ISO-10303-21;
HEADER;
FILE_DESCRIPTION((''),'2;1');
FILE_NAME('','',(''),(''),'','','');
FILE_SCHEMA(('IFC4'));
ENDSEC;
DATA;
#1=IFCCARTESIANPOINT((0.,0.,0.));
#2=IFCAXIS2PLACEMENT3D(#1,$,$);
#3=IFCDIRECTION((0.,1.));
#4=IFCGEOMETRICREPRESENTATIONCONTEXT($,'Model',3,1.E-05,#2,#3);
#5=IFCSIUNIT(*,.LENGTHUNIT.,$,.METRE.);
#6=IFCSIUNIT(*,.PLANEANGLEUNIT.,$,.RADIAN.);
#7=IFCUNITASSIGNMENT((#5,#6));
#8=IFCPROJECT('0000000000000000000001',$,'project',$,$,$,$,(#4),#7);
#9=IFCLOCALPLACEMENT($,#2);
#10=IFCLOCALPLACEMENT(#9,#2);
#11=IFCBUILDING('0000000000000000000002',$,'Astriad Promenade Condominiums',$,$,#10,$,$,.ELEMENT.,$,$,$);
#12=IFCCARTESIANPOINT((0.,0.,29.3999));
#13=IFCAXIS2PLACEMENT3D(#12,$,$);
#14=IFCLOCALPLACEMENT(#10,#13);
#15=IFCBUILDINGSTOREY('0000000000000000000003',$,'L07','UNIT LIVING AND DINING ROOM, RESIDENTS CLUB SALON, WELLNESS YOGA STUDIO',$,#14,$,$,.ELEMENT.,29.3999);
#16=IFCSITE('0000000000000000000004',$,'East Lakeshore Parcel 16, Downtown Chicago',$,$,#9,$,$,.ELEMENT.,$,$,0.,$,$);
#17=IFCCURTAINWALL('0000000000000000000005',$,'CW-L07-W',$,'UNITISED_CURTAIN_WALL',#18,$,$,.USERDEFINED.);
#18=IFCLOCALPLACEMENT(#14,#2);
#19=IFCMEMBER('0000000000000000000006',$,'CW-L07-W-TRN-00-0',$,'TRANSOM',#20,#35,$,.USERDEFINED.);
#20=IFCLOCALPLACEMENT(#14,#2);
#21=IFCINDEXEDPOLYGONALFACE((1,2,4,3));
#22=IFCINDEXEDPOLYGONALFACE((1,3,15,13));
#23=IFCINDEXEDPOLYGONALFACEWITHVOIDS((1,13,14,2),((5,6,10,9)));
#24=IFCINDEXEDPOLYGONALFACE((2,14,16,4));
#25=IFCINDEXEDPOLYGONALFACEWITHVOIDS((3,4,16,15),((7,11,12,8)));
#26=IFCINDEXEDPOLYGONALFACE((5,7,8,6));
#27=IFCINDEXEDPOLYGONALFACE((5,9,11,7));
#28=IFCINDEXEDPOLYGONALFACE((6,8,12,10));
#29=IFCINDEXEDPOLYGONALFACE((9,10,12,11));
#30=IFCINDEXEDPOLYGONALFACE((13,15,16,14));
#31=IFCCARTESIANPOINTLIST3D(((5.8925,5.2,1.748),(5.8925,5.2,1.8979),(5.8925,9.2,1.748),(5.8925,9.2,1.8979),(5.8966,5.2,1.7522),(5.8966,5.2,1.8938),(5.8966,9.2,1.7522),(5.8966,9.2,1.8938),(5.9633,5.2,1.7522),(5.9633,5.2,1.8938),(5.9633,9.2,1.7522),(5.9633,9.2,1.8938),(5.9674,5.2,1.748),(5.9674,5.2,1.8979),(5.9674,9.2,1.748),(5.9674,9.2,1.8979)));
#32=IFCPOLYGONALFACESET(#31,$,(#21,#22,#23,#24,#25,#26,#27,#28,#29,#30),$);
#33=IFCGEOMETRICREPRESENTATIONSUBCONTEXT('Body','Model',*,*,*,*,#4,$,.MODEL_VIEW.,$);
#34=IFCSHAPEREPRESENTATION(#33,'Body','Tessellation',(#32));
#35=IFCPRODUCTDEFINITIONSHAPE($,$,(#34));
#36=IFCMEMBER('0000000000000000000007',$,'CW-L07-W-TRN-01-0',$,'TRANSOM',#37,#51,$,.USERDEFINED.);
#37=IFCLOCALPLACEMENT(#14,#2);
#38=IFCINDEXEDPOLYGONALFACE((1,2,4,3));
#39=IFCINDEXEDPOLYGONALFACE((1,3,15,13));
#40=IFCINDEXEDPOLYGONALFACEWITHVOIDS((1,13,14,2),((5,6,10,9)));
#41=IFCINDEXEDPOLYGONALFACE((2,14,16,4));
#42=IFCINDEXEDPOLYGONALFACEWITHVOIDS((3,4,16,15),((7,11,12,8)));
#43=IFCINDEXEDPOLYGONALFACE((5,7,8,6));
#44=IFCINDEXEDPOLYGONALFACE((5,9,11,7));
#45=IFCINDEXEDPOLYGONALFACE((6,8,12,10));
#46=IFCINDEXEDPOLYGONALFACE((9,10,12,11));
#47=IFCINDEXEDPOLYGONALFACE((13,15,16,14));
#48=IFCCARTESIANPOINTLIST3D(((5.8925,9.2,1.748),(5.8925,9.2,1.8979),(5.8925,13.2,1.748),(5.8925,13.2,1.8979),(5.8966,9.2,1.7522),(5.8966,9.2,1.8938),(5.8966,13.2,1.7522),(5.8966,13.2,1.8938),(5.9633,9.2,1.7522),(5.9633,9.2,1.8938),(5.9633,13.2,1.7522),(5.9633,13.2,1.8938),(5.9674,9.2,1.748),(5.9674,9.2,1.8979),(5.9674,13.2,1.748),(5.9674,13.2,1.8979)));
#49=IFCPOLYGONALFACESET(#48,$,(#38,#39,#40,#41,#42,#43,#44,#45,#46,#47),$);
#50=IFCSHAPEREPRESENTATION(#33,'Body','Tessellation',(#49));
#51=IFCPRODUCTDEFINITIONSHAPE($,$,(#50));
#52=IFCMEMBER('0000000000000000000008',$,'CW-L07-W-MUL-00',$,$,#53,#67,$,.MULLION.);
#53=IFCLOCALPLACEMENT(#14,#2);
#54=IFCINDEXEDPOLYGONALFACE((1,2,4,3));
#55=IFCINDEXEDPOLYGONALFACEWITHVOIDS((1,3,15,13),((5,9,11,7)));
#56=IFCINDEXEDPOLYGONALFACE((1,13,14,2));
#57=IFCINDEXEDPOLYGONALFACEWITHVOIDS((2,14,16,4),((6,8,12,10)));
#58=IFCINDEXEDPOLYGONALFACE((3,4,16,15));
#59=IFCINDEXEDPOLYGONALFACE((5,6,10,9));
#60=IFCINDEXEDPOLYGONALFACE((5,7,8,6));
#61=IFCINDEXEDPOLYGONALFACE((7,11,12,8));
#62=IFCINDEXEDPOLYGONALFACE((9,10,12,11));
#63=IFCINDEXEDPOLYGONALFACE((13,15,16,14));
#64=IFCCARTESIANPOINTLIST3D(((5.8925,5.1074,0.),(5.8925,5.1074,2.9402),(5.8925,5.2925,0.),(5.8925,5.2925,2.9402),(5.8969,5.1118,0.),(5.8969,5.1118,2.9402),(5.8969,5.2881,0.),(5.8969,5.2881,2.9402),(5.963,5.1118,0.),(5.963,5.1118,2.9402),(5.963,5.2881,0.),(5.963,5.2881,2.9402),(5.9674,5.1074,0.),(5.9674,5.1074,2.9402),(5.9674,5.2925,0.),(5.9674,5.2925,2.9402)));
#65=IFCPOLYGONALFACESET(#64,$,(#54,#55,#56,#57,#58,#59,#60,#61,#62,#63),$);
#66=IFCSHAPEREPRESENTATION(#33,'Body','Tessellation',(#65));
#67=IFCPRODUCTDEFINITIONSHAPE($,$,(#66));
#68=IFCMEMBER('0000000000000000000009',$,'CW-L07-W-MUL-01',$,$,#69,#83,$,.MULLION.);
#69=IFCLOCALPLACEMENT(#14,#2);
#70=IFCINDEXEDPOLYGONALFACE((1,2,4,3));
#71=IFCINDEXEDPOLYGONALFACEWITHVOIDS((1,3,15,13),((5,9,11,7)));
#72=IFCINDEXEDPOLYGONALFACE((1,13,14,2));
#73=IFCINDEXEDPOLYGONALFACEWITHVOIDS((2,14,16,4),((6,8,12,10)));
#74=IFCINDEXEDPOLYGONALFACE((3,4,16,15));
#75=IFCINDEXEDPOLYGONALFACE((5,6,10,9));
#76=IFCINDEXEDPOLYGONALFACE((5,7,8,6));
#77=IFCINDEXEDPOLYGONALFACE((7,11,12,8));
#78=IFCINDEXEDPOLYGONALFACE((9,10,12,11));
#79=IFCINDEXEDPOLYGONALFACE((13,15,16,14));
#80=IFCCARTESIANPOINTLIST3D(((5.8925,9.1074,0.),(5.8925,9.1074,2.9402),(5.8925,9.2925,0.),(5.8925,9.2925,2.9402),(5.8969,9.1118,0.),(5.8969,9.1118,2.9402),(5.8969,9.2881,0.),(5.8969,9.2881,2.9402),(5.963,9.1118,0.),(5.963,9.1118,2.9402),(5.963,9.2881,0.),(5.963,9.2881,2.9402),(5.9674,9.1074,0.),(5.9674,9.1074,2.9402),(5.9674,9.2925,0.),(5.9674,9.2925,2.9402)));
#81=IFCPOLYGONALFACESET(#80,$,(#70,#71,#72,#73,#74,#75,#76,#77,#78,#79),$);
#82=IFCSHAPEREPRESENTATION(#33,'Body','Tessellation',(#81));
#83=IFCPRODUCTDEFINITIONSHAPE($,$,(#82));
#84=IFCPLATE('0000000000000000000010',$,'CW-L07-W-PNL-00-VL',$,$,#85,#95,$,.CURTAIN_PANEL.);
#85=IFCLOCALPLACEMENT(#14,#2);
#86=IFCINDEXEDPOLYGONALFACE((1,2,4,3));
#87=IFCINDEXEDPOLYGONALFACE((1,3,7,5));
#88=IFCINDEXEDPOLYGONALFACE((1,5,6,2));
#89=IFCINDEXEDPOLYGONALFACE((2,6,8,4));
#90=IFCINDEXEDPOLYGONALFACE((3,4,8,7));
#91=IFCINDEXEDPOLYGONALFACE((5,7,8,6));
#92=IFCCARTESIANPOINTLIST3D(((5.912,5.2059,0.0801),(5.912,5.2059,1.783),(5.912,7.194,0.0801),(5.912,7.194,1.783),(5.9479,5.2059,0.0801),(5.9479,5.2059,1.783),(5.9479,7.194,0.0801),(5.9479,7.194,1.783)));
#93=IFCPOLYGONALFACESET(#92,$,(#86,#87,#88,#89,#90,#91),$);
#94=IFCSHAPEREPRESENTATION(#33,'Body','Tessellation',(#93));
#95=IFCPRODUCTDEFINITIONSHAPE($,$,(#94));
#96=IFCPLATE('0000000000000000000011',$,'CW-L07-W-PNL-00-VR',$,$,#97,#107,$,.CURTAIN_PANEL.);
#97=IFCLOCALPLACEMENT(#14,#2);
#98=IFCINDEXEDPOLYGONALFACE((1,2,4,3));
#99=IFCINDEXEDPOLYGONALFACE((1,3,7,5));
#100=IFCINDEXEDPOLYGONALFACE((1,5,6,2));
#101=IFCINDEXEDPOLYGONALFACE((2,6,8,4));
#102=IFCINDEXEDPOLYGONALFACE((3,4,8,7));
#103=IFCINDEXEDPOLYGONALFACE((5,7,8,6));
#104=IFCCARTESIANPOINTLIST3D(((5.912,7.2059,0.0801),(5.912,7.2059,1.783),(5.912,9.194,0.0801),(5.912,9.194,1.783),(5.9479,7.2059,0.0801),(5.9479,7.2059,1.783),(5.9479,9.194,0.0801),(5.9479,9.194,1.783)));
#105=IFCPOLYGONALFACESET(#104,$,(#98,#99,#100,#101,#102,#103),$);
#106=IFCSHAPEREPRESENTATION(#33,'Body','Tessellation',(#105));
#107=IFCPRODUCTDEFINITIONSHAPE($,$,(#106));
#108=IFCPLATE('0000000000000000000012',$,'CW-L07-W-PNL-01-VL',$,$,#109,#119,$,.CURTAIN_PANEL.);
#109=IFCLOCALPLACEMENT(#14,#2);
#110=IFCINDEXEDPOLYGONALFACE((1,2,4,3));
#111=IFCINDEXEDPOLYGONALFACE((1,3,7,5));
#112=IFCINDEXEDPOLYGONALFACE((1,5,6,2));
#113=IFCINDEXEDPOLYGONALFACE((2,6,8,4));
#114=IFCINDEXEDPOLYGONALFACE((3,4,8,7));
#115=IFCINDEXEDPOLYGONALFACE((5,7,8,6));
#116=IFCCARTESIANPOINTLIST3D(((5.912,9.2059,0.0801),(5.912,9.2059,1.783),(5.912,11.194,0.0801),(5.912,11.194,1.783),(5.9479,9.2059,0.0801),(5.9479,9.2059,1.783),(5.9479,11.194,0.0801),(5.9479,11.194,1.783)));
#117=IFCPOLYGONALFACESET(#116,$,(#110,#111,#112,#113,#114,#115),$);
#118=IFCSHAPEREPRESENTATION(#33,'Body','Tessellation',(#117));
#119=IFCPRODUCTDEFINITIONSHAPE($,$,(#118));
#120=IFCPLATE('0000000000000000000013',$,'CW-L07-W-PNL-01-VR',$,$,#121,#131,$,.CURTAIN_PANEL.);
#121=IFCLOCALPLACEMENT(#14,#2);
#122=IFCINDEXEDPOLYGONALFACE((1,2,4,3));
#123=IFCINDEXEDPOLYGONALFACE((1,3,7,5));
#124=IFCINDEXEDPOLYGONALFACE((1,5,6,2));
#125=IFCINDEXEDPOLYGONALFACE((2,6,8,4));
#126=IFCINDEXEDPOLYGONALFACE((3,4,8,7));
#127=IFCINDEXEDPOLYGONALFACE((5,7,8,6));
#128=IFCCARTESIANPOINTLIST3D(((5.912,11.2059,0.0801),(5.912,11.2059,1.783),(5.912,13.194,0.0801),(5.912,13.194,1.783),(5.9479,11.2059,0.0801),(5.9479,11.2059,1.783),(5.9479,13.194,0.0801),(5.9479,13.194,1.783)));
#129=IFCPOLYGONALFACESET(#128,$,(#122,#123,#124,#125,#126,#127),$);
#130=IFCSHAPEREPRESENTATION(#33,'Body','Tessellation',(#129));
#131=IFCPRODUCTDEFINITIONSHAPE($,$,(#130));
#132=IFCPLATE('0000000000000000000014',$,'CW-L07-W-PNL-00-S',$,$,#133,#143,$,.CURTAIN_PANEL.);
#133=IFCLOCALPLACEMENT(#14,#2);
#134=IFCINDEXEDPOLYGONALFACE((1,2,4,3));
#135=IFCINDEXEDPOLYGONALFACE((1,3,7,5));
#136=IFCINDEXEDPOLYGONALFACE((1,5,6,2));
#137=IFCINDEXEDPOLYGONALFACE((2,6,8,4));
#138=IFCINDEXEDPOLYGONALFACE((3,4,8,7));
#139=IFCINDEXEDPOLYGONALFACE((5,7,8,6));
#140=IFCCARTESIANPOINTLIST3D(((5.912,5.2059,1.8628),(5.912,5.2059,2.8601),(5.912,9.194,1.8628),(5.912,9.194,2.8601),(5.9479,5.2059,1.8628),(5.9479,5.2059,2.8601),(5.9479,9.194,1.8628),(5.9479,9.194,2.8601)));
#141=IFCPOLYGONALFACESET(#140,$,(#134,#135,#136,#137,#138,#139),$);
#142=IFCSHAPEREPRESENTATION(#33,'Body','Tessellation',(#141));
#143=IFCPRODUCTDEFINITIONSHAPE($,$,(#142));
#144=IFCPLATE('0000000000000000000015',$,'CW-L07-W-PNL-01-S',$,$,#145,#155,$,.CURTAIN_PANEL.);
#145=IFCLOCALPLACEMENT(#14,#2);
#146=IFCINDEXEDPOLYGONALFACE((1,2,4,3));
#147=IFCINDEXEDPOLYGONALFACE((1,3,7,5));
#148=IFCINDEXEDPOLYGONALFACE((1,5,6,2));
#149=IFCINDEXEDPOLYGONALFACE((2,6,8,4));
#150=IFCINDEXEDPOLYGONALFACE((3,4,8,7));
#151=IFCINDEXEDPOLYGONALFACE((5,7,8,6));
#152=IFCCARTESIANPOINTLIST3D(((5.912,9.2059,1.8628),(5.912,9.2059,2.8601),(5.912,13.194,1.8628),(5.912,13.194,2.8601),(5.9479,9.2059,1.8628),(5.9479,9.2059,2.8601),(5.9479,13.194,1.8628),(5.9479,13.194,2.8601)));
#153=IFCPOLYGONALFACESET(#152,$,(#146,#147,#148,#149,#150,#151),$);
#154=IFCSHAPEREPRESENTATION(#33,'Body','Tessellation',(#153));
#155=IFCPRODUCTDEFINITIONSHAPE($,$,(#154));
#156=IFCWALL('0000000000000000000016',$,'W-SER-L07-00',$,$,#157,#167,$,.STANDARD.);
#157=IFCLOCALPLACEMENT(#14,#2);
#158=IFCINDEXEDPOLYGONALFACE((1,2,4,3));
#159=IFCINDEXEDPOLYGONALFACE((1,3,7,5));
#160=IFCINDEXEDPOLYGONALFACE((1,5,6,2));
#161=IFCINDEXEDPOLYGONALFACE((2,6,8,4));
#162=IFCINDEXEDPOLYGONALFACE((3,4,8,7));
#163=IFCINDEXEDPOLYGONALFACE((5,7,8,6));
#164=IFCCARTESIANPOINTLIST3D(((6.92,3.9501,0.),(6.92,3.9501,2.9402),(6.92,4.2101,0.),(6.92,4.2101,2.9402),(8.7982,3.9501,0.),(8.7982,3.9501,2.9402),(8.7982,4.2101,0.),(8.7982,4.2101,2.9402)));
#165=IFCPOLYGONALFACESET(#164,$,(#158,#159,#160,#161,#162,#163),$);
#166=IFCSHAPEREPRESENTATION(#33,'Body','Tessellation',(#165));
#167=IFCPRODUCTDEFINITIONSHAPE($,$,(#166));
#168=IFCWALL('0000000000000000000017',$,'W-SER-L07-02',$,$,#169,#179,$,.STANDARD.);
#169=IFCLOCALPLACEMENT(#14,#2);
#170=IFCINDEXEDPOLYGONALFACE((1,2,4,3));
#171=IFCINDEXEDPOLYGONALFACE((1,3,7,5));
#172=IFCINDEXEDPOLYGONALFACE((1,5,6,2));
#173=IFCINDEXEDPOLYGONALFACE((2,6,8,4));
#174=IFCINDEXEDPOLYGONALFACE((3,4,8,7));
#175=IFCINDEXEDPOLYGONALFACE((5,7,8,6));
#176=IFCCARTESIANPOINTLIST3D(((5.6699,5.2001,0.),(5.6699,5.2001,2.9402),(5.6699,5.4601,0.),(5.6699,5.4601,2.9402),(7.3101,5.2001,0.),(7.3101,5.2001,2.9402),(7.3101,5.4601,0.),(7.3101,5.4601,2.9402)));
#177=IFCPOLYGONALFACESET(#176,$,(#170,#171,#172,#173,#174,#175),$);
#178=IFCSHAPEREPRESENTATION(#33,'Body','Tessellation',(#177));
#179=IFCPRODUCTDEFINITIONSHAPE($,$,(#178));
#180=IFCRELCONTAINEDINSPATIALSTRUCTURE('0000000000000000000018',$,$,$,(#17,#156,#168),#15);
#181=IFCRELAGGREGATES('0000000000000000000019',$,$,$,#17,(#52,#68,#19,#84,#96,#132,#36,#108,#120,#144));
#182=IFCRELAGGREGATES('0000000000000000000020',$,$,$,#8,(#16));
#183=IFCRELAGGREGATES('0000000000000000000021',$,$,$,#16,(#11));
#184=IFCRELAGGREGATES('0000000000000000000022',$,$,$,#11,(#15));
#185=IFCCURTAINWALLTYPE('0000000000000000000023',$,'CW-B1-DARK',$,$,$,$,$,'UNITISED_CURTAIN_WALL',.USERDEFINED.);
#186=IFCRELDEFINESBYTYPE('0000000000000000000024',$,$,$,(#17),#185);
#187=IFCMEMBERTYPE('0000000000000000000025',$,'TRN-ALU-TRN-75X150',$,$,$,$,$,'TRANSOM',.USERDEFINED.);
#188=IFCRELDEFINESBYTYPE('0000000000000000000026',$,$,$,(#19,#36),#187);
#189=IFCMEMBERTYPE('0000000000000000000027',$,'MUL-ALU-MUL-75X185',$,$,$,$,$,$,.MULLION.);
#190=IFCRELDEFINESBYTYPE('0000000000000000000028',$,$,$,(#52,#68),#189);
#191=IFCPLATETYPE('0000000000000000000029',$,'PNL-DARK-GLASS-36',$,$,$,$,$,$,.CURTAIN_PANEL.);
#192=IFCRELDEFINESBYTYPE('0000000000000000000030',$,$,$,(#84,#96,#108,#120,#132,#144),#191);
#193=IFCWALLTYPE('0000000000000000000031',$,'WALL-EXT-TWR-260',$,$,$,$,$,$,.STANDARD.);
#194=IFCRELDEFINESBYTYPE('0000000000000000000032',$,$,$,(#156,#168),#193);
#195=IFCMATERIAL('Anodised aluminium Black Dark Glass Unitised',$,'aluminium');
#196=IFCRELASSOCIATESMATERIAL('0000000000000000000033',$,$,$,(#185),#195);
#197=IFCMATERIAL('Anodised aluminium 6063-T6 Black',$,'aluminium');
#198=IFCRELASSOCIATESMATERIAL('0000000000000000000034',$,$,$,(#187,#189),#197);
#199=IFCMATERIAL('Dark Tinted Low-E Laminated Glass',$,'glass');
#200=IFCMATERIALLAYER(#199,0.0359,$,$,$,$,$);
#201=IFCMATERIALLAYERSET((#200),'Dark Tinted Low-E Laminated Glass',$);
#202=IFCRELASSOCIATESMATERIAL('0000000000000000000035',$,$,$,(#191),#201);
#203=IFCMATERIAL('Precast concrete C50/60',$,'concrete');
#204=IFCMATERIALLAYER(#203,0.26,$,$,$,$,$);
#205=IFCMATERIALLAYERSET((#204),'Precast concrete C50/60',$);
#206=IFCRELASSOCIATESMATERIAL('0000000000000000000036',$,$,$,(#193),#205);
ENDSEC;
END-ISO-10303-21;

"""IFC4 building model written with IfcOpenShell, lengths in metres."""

from ifc_helpers import new_model, si_unit, direction, frame, frame_2d, origin, origin_2d, place, context, subcontext, project, spatial, rectangle, hollow_rectangle, extrude, source, transform, mapped, material, layer, layer_set, material_profile, profile_set, type_object, type_shapes, element, aggregate, save


model = new_model("IFC4")

# Units and contexts
model_context = context("Model", 3, precision=1e-05, world=origin(), true_north=direction((0.0, 1.0)))
body_context = subcontext(model_context, "Body", "Model", "MODEL_VIEW")
ifc_project = project(units=[si_unit("LENGTHUNIT", "METRE"), si_unit("PLANEANGLEUNIT", "RADIAN")], contexts=[model_context])

# Site, building, storey
site_placement = place(None, origin())
site = spatial("IfcSite", under=ifc_project, at=site_placement, Name="East Lakeshore Parcel 16, Downtown Chicago", CompositionType="ELEMENT", RefElevation=0.0)
building_placement = place(site_placement, origin())
building = spatial("IfcBuilding", under=site, at=building_placement, Name="Astriad Promenade Condominiums", CompositionType="ELEMENT")
storey_placement = place(building_placement, frame((0.0, 0.0, 29.3999)))
storey = spatial("IfcBuildingStorey", under=building, at=storey_placement, Name="L07", Description="UNIT LIVING AND DINING ROOM, RESIDENTS CLUB SALON, WELLNESS YOGA STUDIO", CompositionType="ELEMENT", Elevation=29.3999)

# Curtain wall, members, plates
ifc_material_1 = material(Name="Anodised aluminium Black Dark Glass Unitised", Category="aluminium")
curtain_wall_type = type_object("IfcCurtainWallType", Name="CW-B1-DARK", ElementType="UNITISED_CURTAIN_WALL", PredefinedType="USERDEFINED", material=ifc_material_1)
curtain_wall_placement = place(storey_placement, origin())
curtain_wall = element("IfcCurtainWall", 1, at=curtain_wall_placement, inside=storey, type_object=curtain_wall_type, Name="CW-L07-W", ObjectType="UNITISED_CURTAIN_WALL", PredefinedType="USERDEFINED")
ifc_material_2 = material(Name="Anodised aluminium 6063-T6 Black", Category="aluminium")
ifc_material_profile_1 = material_profile(ifc_material_2, hollow_rectangle(XDim=0.075, YDim=0.1499, WallThickness=0.0042, at=origin_2d()), Name="ALU-TRN-75X150")
ifc_profile_set_1 = profile_set([ifc_material_profile_1], Name="Anodised aluminium 6063-T6 Black")
member_type_1 = type_object("IfcMemberType", Name="TRN-ALU-TRN-75X150", ElementType="TRANSOM", PredefinedType="USERDEFINED", material=ifc_profile_set_1)
shared_shape_1 = source(origin(), body_context, "Body", "SweptSolid", [
    extrude(hollow_rectangle(XDim=0.075, YDim=0.1499, WallThickness=0.0042, at=origin_2d()), origin(), (0.0, 0.0, 1.0), 4.0),
])
type_shapes(member_type_1, [shared_shape_1])
member_1_placement = place(storey_placement, frame((5.9299, 5.2, 1.823), z_axis=(0.0, 1.0, 0.0), x_axis=(-1.0, 0.0, 0.0)))
member_1 = element("IfcMember", 2, at=member_1_placement, type_object=member_type_1, Name="CW-L07-W-TRN-00-0", ObjectType="TRANSOM", PredefinedType="USERDEFINED", context=body_context, shape_type="MappedRepresentation", body=[
    mapped(shared_shape_1, transform((0.0, 0.0, 0.0), scale=1.0)),
])
member_2_placement = place(storey_placement, frame((5.9299, 9.2, 1.823), z_axis=(0.0, 1.0, 0.0), x_axis=(-1.0, 0.0, 0.0)))
member_2 = element("IfcMember", 3, at=member_2_placement, type_object=member_type_1, Name="CW-L07-W-TRN-01-0", ObjectType="TRANSOM", PredefinedType="USERDEFINED", context=body_context, shape_type="MappedRepresentation", body=[
    mapped(shared_shape_1, transform((0.0, 0.0, 0.0), scale=1.0)),
])
ifc_material_profile_2 = material_profile(ifc_material_2, hollow_rectangle(XDim=0.075, YDim=0.1851, WallThickness=0.0044, at=origin_2d()), Name="ALU-MUL-75X185")
ifc_profile_set_2 = profile_set([ifc_material_profile_2], Name="Anodised aluminium 6063-T6 Black")
member_type_2 = type_object("IfcMemberType", Name="MUL-ALU-MUL-75X185", PredefinedType="MULLION", material=ifc_profile_set_2)
shared_shape_2 = source(origin(), body_context, "Body", "SweptSolid", [
    extrude(hollow_rectangle(XDim=0.075, YDim=0.1851, WallThickness=0.0044, at=origin_2d()), origin(), (0.0, 0.0, 1.0), 2.9402),
])
type_shapes(member_type_2, [shared_shape_2])
member_3_placement = place(storey_placement, frame((5.9299, 5.2, 0.0), z_axis=(0.0, 0.0, 1.0), x_axis=(1.0, 0.0, 0.0)))
member_3 = element("IfcMember", 4, at=member_3_placement, type_object=member_type_2, Name="CW-L07-W-MUL-00", PredefinedType="MULLION", context=body_context, shape_type="MappedRepresentation", body=[
    mapped(shared_shape_2, transform((0.0, 0.0, 0.0), scale=1.0)),
])
member_4_placement = place(storey_placement, frame((5.9299, 9.2, 0.0), z_axis=(0.0, 0.0, 1.0), x_axis=(1.0, 0.0, 0.0)))
member_4 = element("IfcMember", 5, at=member_4_placement, type_object=member_type_2, Name="CW-L07-W-MUL-01", PredefinedType="MULLION", context=body_context, shape_type="MappedRepresentation", body=[
    mapped(shared_shape_2, transform((0.0, 0.0, 0.0), scale=1.0)),
])
ifc_material_3 = material(Name="Dark Tinted Low-E Laminated Glass", Category="glass")
ifc_layer_1 = layer(ifc_material_3, 0.0359)
ifc_layer_set_1 = layer_set([ifc_layer_1], Name="Dark Tinted Low-E Laminated Glass")
plate_type = type_object("IfcPlateType", Name="PNL-DARK-GLASS-36", PredefinedType="CURTAIN_PANEL", material=ifc_layer_set_1)
shared_shape_3 = source(origin(), body_context, "Body", "SweptSolid", [
    extrude(rectangle(XDim=1.988, YDim=0.0359, at=origin_2d()), origin(), (0.0, 0.0, 1.0), 1.7029),
])
plate_1_placement = place(storey_placement, frame((5.9299, 6.2, 0.0801), z_axis=(0.0, 0.0, 1.0), x_axis=(0.0, 1.0, 0.0)))
plate_1 = element("IfcPlate", 6, at=plate_1_placement, type_object=plate_type, Name="CW-L07-W-PNL-00-VL", PredefinedType="CURTAIN_PANEL", context=body_context, shape_type="MappedRepresentation", body=[
    mapped(shared_shape_3, transform((0.0, 0.0, 0.0), scale=1.0)),
])
plate_2_placement = place(storey_placement, frame((5.9299, 8.2, 0.0801), z_axis=(0.0, 0.0, 1.0), x_axis=(0.0, 1.0, 0.0)))
plate_2 = element("IfcPlate", 7, at=plate_2_placement, type_object=plate_type, Name="CW-L07-W-PNL-00-VR", PredefinedType="CURTAIN_PANEL", context=body_context, shape_type="MappedRepresentation", body=[
    mapped(shared_shape_3, transform((0.0, 0.0, 0.0), scale=1.0)),
])
plate_3_placement = place(storey_placement, frame((5.9299, 10.2, 0.0801), z_axis=(0.0, 0.0, 1.0), x_axis=(0.0, 1.0, 0.0)))
plate_3 = element("IfcPlate", 8, at=plate_3_placement, type_object=plate_type, Name="CW-L07-W-PNL-01-VL", PredefinedType="CURTAIN_PANEL", context=body_context, shape_type="MappedRepresentation", body=[
    mapped(shared_shape_3, transform((0.0, 0.0, 0.0), scale=1.0)),
])
plate_4_placement = place(storey_placement, frame((5.9299, 12.2, 0.0801), z_axis=(0.0, 0.0, 1.0), x_axis=(0.0, 1.0, 0.0)))
plate_4 = element("IfcPlate", 9, at=plate_4_placement, type_object=plate_type, Name="CW-L07-W-PNL-01-VR", PredefinedType="CURTAIN_PANEL", context=body_context, shape_type="MappedRepresentation", body=[
    mapped(shared_shape_3, transform((0.0, 0.0, 0.0), scale=1.0)),
])
shared_shape_4 = source(origin(), body_context, "Body", "SweptSolid", [
    extrude(rectangle(XDim=3.988, YDim=0.0359, at=origin_2d()), origin(), (0.0, 0.0, 1.0), 0.9973),
])
type_shapes(plate_type, [shared_shape_3, shared_shape_4])
plate_5_placement = place(storey_placement, frame((5.9299, 7.2, 1.8628), z_axis=(0.0, 0.0, 1.0), x_axis=(0.0, 1.0, 0.0)))
plate_5 = element("IfcPlate", 10, at=plate_5_placement, type_object=plate_type, Name="CW-L07-W-PNL-00-S", PredefinedType="CURTAIN_PANEL", context=body_context, shape_type="MappedRepresentation", body=[
    mapped(shared_shape_4, transform((0.0, 0.0, 0.0), scale=1.0)),
])
plate_6_placement = place(storey_placement, frame((5.9299, 11.2, 1.8628), z_axis=(0.0, 0.0, 1.0), x_axis=(0.0, 1.0, 0.0)))
plate_6 = element("IfcPlate", 11, at=plate_6_placement, type_object=plate_type, Name="CW-L07-W-PNL-01-S", PredefinedType="CURTAIN_PANEL", context=body_context, shape_type="MappedRepresentation", body=[
    mapped(shared_shape_4, transform((0.0, 0.0, 0.0), scale=1.0)),
])
aggregate(curtain_wall, [member_3, member_4, member_1, plate_1, plate_2, plate_5, member_2, plate_3, plate_4, plate_6])

# Walls
ifc_material_4 = material(Name="Precast concrete C50/60", Category="concrete")
ifc_layer_2 = layer(ifc_material_4, 0.26)
ifc_layer_set_2 = layer_set([ifc_layer_2], Name="Precast concrete C50/60")
wall_type_1 = type_object("IfcWallType", Name="WALL-EXT-TWR-260", PredefinedType="STANDARD", material=ifc_layer_set_2)
wall_1_placement = place(storey_placement, frame((8.7981, 4.0801, 0.0), z_axis=(0.0, 0.0, 1.0), x_axis=(-1.0, 0.0, 0.0)))
element("IfcWall", 12, at=wall_1_placement, inside=storey, type_object=wall_type_1, Name="W-SER-L07-00", PredefinedType="STANDARD", context=body_context, shape_type="SweptSolid", body=[
    extrude(rectangle(XDim=1.8782, YDim=0.26, at=frame_2d((0.939, 0.0))), origin(), (0.0, 0.0, 1.0), 2.9402),
])
wall_2_placement = place(storey_placement, frame((7.3101, 5.3301, 0.0), z_axis=(0.0, 0.0, 1.0), x_axis=(-1.0, 0.0, 0.0)))
element("IfcWall", 13, at=wall_2_placement, inside=storey, type_object=wall_type_1, Name="W-SER-L07-02", PredefinedType="STANDARD", context=body_context, shape_type="SweptSolid", body=[
    extrude(rectangle(XDim=1.6401, YDim=0.26, at=frame_2d((0.8201, 0.0))), origin(), (0.0, 0.0, 1.0), 2.9402),
])

save(model, "model.ifc")
